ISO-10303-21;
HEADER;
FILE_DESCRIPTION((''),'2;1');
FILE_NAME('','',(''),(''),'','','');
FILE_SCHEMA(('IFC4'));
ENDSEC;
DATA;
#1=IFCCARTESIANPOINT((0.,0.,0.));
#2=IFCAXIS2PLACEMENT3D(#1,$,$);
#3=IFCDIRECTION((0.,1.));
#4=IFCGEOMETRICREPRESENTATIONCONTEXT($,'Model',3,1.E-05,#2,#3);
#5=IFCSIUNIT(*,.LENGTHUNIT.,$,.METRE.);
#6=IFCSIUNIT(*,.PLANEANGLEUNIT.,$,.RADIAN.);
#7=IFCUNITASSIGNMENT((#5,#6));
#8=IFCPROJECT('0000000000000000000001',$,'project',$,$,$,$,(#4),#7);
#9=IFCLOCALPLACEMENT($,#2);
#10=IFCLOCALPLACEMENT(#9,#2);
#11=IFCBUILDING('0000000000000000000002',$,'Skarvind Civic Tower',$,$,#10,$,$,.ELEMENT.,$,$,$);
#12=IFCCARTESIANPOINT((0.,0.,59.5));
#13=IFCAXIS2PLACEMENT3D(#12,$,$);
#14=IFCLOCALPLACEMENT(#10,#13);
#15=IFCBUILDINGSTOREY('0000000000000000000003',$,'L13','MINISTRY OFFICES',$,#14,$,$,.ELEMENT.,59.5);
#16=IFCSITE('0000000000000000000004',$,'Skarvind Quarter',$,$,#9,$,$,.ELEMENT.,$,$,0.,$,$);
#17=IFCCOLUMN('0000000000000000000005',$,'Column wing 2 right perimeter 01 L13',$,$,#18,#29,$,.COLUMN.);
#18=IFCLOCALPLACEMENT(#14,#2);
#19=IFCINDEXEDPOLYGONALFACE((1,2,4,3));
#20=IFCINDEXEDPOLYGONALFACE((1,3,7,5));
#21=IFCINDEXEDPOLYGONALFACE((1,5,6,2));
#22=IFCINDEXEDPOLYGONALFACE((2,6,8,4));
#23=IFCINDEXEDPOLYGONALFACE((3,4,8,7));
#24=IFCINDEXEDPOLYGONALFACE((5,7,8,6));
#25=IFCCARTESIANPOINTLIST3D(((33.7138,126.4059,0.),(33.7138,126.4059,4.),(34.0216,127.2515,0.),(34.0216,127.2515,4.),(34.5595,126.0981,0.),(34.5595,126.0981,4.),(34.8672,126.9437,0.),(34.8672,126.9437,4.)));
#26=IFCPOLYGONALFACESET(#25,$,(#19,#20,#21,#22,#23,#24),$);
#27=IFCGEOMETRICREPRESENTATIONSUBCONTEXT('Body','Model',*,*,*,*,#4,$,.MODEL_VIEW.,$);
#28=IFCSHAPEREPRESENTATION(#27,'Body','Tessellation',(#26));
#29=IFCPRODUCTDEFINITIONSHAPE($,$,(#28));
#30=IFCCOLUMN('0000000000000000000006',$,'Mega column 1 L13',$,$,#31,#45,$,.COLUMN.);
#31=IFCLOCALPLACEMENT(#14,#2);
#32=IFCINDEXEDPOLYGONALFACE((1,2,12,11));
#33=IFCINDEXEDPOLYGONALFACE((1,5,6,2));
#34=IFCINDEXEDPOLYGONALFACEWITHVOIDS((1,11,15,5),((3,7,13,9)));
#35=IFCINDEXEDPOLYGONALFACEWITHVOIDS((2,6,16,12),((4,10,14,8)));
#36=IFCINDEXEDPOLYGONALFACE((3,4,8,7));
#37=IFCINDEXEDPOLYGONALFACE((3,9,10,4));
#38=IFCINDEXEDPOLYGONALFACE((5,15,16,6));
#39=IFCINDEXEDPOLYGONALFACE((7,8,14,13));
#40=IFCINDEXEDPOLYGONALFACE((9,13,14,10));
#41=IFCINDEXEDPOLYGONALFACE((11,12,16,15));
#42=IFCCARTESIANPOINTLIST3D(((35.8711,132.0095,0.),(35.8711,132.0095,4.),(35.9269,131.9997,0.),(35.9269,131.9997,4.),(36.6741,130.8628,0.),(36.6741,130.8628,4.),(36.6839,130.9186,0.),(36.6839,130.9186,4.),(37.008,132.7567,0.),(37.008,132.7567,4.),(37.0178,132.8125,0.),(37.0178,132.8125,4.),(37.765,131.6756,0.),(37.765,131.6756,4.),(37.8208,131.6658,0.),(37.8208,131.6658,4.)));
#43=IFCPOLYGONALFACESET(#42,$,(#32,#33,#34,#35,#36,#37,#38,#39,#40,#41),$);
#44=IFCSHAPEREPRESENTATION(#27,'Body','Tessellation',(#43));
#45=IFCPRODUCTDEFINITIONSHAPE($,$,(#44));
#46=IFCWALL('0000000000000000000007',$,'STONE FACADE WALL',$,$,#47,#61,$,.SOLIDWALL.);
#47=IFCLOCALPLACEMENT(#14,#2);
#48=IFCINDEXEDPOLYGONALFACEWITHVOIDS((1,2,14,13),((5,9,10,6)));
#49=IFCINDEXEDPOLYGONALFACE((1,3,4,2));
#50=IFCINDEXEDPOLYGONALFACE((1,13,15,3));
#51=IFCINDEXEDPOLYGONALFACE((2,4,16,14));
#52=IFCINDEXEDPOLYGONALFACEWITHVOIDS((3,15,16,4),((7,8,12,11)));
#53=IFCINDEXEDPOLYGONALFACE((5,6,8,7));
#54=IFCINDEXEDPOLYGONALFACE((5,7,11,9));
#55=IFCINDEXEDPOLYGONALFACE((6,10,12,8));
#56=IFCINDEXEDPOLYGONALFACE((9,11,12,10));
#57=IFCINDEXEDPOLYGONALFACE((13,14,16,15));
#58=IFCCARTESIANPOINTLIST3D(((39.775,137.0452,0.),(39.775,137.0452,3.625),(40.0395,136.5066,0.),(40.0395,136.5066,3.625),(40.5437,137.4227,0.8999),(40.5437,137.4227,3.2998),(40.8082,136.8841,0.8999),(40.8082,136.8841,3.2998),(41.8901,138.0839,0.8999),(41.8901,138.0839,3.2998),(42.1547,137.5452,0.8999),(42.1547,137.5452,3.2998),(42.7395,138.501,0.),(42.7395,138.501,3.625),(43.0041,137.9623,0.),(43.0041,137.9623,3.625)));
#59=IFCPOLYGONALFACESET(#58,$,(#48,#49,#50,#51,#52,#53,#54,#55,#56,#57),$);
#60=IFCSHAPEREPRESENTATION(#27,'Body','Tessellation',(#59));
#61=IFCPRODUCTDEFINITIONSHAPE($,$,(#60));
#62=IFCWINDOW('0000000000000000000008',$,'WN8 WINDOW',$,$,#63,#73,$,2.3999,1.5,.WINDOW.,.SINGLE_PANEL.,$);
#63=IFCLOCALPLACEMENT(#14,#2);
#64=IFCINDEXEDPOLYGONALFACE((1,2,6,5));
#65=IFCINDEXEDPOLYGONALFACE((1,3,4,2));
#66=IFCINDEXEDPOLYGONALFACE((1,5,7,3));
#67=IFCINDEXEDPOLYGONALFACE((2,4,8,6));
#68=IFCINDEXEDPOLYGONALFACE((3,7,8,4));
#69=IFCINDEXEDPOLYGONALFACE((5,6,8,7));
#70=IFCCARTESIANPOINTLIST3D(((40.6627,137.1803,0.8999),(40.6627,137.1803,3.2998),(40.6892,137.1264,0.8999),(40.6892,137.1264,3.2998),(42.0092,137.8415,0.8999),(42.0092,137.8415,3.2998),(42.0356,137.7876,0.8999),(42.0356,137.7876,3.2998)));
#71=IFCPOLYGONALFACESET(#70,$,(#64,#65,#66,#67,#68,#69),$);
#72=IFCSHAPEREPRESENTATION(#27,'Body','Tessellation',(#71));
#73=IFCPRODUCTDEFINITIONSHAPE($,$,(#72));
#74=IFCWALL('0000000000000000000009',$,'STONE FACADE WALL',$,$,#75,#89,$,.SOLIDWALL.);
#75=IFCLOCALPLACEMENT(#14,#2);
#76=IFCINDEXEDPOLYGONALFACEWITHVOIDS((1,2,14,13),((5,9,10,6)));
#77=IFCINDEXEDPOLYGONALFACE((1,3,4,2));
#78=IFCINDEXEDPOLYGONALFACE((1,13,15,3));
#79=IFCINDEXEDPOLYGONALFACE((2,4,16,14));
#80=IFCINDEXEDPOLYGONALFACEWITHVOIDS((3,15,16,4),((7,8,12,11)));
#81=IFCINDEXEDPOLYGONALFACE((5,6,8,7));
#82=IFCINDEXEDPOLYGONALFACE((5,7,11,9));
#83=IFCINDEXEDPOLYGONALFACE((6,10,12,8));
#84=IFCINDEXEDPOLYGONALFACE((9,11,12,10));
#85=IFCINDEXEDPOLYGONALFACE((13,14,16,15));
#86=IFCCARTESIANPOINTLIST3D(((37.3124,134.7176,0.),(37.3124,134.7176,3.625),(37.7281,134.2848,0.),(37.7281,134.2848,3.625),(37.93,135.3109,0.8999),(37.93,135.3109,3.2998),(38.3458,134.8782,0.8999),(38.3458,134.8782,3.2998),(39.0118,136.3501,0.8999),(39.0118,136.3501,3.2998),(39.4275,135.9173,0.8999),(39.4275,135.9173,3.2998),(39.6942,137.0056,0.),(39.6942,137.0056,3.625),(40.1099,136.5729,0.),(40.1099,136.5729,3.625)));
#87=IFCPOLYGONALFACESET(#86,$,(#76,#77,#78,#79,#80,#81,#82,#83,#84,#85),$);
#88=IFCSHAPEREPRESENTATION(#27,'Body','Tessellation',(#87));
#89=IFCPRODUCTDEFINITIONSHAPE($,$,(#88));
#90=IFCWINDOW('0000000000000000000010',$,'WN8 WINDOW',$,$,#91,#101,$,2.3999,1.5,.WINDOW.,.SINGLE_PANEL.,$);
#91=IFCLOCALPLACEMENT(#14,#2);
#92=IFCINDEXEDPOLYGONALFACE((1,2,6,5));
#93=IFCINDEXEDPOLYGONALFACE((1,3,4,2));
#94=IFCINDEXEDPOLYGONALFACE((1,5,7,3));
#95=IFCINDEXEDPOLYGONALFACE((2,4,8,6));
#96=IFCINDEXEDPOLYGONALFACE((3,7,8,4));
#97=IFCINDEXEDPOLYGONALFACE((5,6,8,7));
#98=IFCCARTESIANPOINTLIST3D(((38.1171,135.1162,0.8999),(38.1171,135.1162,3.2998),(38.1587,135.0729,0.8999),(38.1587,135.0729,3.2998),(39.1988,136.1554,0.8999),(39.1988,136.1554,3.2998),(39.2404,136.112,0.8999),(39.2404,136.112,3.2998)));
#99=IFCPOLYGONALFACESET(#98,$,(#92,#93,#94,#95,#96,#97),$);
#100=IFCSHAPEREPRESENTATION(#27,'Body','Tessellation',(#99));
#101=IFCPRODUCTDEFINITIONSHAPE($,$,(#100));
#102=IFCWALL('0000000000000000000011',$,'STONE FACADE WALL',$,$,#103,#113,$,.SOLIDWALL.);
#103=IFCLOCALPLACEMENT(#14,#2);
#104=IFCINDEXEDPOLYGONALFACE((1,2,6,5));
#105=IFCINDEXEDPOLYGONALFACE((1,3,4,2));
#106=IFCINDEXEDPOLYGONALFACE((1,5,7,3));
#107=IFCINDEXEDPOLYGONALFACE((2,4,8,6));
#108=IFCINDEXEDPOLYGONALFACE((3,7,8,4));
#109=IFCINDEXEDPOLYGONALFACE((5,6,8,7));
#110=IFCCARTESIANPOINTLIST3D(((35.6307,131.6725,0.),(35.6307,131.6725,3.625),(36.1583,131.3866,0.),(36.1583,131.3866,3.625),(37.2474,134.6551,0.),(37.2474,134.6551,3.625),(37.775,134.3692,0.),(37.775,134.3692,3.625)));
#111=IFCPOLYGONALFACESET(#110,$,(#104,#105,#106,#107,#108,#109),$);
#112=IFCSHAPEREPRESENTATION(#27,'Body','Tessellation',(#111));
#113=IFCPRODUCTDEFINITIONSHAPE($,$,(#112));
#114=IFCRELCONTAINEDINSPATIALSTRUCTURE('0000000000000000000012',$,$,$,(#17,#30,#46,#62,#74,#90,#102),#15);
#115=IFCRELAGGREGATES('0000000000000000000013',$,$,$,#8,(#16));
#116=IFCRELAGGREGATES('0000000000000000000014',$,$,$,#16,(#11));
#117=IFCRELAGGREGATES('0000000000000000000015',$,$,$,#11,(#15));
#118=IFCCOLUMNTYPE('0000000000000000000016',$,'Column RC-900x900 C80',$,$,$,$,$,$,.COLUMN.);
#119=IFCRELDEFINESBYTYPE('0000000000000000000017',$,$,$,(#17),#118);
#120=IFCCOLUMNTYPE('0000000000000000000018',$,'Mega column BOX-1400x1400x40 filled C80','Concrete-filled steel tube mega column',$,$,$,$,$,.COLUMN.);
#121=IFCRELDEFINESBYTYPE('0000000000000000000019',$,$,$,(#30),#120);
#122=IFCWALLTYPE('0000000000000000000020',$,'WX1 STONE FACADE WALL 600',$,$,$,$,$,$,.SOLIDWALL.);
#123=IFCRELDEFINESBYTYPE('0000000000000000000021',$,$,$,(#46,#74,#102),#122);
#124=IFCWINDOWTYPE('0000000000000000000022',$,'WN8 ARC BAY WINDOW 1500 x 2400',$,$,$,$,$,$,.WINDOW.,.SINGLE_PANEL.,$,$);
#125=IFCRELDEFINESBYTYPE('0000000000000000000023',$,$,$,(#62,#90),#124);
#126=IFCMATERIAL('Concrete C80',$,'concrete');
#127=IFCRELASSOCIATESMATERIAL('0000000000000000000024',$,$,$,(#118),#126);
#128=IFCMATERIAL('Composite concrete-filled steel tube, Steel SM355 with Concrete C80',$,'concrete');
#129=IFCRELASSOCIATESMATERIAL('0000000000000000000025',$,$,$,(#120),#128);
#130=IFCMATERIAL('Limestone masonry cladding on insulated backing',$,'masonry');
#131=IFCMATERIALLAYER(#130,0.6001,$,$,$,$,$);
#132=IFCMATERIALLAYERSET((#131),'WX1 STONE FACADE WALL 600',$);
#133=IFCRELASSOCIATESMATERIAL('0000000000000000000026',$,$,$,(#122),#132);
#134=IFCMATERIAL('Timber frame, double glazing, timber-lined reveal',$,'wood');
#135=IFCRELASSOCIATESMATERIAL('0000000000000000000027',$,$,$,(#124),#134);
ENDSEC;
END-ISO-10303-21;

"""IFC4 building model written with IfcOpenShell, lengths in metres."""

from ifc_helpers import new_model, si_unit, direction, frame, frame_2d, origin, origin_2d, place, context, subcontext, project, spatial, rectangle, hollow_rectangle, extrude, material, layer, layer_set, material_profile, profile_set, type_object, element, fill, save


model = new_model("IFC4")

# Units and contexts
model_context = context("Model", 3, precision=1e-05, world=origin(), true_north=direction((0.0, 1.0)))
body_context = subcontext(model_context, "Body", "Model", "MODEL_VIEW")
ifc_project = project(units=[si_unit("LENGTHUNIT", "METRE"), si_unit("PLANEANGLEUNIT", "RADIAN")], contexts=[model_context])

# Site, building, storey
site_placement = place(None, origin())
site = spatial("IfcSite", under=ifc_project, at=site_placement, Name="Skarvind Quarter", CompositionType="ELEMENT", RefElevation=0.0)
building_placement = place(site_placement, origin())
building = spatial("IfcBuilding", under=site, at=building_placement, Name="Skarvind Civic Tower", CompositionType="ELEMENT")
storey_placement = place(building_placement, frame((0.0, 0.0, 59.5)))
storey = spatial("IfcBuildingStorey", under=building, at=storey_placement, Name="L13", Description="MINISTRY OFFICES", CompositionType="ELEMENT", Elevation=59.5)

# Columns
ifc_material_1 = material(Name="Concrete C80", Category="concrete")
ifc_material_profile_1 = material_profile(ifc_material_1, rectangle(XDim=0.8999, YDim=0.8999, at=origin_2d()), Name="RC-900x900")
ifc_profile_set_1 = profile_set([ifc_material_profile_1], Name="Concrete C80")
column_type_1 = type_object("IfcColumnType", Name="Column RC-900x900 C80", PredefinedType="COLUMN", material=ifc_profile_set_1)
column_1_placement = place(storey_placement, frame((34.2905, 126.6748, 0.0), z_axis=(0.0, 0.0, 1.0), x_axis=(-0.34202, -0.939693, 0.0)))
element("IfcColumn", 1, at=column_1_placement, inside=storey, type_object=column_type_1, Name="Column wing 2 right perimeter 01 L13", PredefinedType="COLUMN", context=body_context, shape_type="SweptSolid", body=[
    extrude(rectangle(XDim=0.8999, YDim=0.8999, at=origin_2d()), origin(), (0.0, 0.0, 1.0), 4.0),
])
ifc_material_2 = material(Name="Composite concrete-filled steel tube, Steel SM355 with Concrete C80", Category="concrete")
ifc_material_profile_2 = material_profile(ifc_material_2, hollow_rectangle(XDim=1.3999, YDim=1.3999, WallThickness=0.04, at=origin_2d()), Name="BOX-1400x1400x40")
ifc_profile_set_2 = profile_set([ifc_material_profile_2], Name="Composite concrete-filled steel tube, Steel SM355 with Concrete C80")
column_type_2 = type_object("IfcColumnType", Name="Mega column BOX-1400x1400x40 filled C80", Description="Concrete-filled steel tube mega column", PredefinedType="COLUMN", material=ifc_profile_set_2)
column_2_placement = place(storey_placement, frame((36.8459, 131.8376, 0.0), z_axis=(0.0, 0.0, 1.0), x_axis=(0.573576, -0.819152, 0.0)))
element("IfcColumn", 2, at=column_2_placement, inside=storey, type_object=column_type_2, Name="Mega column 1 L13", PredefinedType="COLUMN", context=body_context, shape_type="SweptSolid", body=[
    extrude(hollow_rectangle(XDim=1.3999, YDim=1.3999, WallThickness=0.04, at=origin_2d()), origin(), (0.0, 0.0, 1.0), 4.0),
])

# Walls, openings, windows
ifc_material_3 = material(Name="Limestone masonry cladding on insulated backing", Category="masonry")
ifc_layer = layer(ifc_material_3, 0.6001)
ifc_layer_set = layer_set([ifc_layer], Name="WX1 STONE FACADE WALL 600")
wall_type = type_object("IfcWallType", Name="WX1 STONE FACADE WALL 600", PredefinedType="SOLIDWALL", material=ifc_layer_set)
wall_1_placement = place(storey_placement, frame((39.9072, 136.7759, 0.0), z_axis=(0.0, 0.0, 1.0), x_axis=(0.897612, 0.440786, 0.0)))
wall_1 = element("IfcWall", 3, at=wall_1_placement, inside=storey, type_object=wall_type, Name="STONE FACADE WALL", PredefinedType="SOLIDWALL", context=body_context, shape_type="SweptSolid", body=[
    extrude(rectangle(XDim=3.3027, YDim=0.6001, at=frame_2d((1.6514, 0.0))), origin(), (0.0, 0.0, 1.0), 3.625),
])
opening_1_placement = place(wall_1_placement, frame((0.8564, 0.0, 0.8999)))
opening_1 = element("IfcOpeningElement", 4, at=opening_1_placement, cuts=wall_1, PredefinedType="OPENING", context=body_context, shape_type="SweptSolid", body=[
    extrude(rectangle(XDim=1.5, YDim=2.3999, at=frame_2d((0.75, 1.2))), frame((0.0, 0.3101, 0.0), z_axis=(0.0, -1.0, 0.0), x_axis=(1.0, 0.0, 0.0)), (0.0, 0.0, 1.0), 0.6201),
])
ifc_material_4 = material(Name="Timber frame, double glazing, timber-lined reveal", Category="wood")
window_type = type_object("IfcWindowType", Name="WN8 ARC BAY WINDOW 1500 x 2400", PartitioningType="SINGLE_PANEL", PredefinedType="WINDOW", material=ifc_material_4)
window_1_placement = place(opening_1_placement, origin())
window_1 = element("IfcWindow", 5, at=window_1_placement, inside=storey, type_object=window_type, Name="WN8 WINDOW", OverallHeight=2.3999, OverallWidth=1.5, PartitioningType="SINGLE_PANEL", PredefinedType="WINDOW", context=body_context, shape_type="SweptSolid", body=[
    extrude(rectangle(XDim=1.5, YDim=2.3999, at=frame_2d((0.75, 1.2))), frame((0.0, 0.03, 0.0), z_axis=(0.0, -1.0, 0.0), x_axis=(1.0, 0.0, 0.0)), (0.0, 0.0, 1.0), 0.0601),
])
fill(opening_1, window_1)
wall_2_placement = place(storey_placement, frame((37.5203, 134.5012, 0.0), z_axis=(0.0, 0.0, 1.0), x_axis=(0.721157, 0.692772, 0.0)))
wall_2 = element("IfcWall", 6, at=wall_2_placement, inside=storey, type_object=wall_type, Name="STONE FACADE WALL", PredefinedType="SOLIDWALL", context=body_context, shape_type="SweptSolid", body=[
    extrude(rectangle(XDim=3.3027, YDim=0.6001, at=frame_2d((1.6514, 0.0))), origin(), (0.0, 0.0, 1.0), 3.625),
])
opening_2_placement = place(wall_2_placement, frame((0.8564, 0.0, 0.8999)))
opening_2 = element("IfcOpeningElement", 7, at=opening_2_placement, cuts=wall_2, PredefinedType="OPENING", context=body_context, shape_type="SweptSolid", body=[
    extrude(rectangle(XDim=1.5, YDim=2.3999, at=frame_2d((0.75, 1.2))), frame((0.0, 0.3101, 0.0), z_axis=(0.0, -1.0, 0.0), x_axis=(1.0, 0.0, 0.0)), (0.0, 0.0, 1.0), 0.6201),
])
window_2_placement = place(opening_2_placement, origin())
window_2 = element("IfcWindow", 8, at=window_2_placement, inside=storey, type_object=window_type, Name="WN8 WINDOW", OverallHeight=2.3999, OverallWidth=1.5, PartitioningType="SINGLE_PANEL", PredefinedType="WINDOW", context=body_context, shape_type="SweptSolid", body=[
    extrude(rectangle(XDim=1.5, YDim=2.3999, at=frame_2d((0.75, 1.2))), frame((0.0, 0.03, 0.0), z_axis=(0.0, -1.0, 0.0), x_axis=(1.0, 0.0, 0.0)), (0.0, 0.0, 1.0), 0.0601),
])
fill(opening_2, window_2)

# Wall
wall_3_placement = place(storey_placement, frame((35.8945, 131.5295, 0.0), z_axis=(0.0, 0.0, 1.0), x_axis=(0.476531, 0.879158, 0.0)))
element("IfcWall", 9, at=wall_3_placement, inside=storey, type_object=wall_type, Name="STONE FACADE WALL", PredefinedType="SOLIDWALL", context=body_context, shape_type="SweptSolid", body=[
    extrude(rectangle(XDim=3.3926, YDim=0.6001, at=frame_2d((1.6963, 0.0))), origin(), (0.0, 0.0, 1.0), 3.625),
])

save(model, "model.ifc")
